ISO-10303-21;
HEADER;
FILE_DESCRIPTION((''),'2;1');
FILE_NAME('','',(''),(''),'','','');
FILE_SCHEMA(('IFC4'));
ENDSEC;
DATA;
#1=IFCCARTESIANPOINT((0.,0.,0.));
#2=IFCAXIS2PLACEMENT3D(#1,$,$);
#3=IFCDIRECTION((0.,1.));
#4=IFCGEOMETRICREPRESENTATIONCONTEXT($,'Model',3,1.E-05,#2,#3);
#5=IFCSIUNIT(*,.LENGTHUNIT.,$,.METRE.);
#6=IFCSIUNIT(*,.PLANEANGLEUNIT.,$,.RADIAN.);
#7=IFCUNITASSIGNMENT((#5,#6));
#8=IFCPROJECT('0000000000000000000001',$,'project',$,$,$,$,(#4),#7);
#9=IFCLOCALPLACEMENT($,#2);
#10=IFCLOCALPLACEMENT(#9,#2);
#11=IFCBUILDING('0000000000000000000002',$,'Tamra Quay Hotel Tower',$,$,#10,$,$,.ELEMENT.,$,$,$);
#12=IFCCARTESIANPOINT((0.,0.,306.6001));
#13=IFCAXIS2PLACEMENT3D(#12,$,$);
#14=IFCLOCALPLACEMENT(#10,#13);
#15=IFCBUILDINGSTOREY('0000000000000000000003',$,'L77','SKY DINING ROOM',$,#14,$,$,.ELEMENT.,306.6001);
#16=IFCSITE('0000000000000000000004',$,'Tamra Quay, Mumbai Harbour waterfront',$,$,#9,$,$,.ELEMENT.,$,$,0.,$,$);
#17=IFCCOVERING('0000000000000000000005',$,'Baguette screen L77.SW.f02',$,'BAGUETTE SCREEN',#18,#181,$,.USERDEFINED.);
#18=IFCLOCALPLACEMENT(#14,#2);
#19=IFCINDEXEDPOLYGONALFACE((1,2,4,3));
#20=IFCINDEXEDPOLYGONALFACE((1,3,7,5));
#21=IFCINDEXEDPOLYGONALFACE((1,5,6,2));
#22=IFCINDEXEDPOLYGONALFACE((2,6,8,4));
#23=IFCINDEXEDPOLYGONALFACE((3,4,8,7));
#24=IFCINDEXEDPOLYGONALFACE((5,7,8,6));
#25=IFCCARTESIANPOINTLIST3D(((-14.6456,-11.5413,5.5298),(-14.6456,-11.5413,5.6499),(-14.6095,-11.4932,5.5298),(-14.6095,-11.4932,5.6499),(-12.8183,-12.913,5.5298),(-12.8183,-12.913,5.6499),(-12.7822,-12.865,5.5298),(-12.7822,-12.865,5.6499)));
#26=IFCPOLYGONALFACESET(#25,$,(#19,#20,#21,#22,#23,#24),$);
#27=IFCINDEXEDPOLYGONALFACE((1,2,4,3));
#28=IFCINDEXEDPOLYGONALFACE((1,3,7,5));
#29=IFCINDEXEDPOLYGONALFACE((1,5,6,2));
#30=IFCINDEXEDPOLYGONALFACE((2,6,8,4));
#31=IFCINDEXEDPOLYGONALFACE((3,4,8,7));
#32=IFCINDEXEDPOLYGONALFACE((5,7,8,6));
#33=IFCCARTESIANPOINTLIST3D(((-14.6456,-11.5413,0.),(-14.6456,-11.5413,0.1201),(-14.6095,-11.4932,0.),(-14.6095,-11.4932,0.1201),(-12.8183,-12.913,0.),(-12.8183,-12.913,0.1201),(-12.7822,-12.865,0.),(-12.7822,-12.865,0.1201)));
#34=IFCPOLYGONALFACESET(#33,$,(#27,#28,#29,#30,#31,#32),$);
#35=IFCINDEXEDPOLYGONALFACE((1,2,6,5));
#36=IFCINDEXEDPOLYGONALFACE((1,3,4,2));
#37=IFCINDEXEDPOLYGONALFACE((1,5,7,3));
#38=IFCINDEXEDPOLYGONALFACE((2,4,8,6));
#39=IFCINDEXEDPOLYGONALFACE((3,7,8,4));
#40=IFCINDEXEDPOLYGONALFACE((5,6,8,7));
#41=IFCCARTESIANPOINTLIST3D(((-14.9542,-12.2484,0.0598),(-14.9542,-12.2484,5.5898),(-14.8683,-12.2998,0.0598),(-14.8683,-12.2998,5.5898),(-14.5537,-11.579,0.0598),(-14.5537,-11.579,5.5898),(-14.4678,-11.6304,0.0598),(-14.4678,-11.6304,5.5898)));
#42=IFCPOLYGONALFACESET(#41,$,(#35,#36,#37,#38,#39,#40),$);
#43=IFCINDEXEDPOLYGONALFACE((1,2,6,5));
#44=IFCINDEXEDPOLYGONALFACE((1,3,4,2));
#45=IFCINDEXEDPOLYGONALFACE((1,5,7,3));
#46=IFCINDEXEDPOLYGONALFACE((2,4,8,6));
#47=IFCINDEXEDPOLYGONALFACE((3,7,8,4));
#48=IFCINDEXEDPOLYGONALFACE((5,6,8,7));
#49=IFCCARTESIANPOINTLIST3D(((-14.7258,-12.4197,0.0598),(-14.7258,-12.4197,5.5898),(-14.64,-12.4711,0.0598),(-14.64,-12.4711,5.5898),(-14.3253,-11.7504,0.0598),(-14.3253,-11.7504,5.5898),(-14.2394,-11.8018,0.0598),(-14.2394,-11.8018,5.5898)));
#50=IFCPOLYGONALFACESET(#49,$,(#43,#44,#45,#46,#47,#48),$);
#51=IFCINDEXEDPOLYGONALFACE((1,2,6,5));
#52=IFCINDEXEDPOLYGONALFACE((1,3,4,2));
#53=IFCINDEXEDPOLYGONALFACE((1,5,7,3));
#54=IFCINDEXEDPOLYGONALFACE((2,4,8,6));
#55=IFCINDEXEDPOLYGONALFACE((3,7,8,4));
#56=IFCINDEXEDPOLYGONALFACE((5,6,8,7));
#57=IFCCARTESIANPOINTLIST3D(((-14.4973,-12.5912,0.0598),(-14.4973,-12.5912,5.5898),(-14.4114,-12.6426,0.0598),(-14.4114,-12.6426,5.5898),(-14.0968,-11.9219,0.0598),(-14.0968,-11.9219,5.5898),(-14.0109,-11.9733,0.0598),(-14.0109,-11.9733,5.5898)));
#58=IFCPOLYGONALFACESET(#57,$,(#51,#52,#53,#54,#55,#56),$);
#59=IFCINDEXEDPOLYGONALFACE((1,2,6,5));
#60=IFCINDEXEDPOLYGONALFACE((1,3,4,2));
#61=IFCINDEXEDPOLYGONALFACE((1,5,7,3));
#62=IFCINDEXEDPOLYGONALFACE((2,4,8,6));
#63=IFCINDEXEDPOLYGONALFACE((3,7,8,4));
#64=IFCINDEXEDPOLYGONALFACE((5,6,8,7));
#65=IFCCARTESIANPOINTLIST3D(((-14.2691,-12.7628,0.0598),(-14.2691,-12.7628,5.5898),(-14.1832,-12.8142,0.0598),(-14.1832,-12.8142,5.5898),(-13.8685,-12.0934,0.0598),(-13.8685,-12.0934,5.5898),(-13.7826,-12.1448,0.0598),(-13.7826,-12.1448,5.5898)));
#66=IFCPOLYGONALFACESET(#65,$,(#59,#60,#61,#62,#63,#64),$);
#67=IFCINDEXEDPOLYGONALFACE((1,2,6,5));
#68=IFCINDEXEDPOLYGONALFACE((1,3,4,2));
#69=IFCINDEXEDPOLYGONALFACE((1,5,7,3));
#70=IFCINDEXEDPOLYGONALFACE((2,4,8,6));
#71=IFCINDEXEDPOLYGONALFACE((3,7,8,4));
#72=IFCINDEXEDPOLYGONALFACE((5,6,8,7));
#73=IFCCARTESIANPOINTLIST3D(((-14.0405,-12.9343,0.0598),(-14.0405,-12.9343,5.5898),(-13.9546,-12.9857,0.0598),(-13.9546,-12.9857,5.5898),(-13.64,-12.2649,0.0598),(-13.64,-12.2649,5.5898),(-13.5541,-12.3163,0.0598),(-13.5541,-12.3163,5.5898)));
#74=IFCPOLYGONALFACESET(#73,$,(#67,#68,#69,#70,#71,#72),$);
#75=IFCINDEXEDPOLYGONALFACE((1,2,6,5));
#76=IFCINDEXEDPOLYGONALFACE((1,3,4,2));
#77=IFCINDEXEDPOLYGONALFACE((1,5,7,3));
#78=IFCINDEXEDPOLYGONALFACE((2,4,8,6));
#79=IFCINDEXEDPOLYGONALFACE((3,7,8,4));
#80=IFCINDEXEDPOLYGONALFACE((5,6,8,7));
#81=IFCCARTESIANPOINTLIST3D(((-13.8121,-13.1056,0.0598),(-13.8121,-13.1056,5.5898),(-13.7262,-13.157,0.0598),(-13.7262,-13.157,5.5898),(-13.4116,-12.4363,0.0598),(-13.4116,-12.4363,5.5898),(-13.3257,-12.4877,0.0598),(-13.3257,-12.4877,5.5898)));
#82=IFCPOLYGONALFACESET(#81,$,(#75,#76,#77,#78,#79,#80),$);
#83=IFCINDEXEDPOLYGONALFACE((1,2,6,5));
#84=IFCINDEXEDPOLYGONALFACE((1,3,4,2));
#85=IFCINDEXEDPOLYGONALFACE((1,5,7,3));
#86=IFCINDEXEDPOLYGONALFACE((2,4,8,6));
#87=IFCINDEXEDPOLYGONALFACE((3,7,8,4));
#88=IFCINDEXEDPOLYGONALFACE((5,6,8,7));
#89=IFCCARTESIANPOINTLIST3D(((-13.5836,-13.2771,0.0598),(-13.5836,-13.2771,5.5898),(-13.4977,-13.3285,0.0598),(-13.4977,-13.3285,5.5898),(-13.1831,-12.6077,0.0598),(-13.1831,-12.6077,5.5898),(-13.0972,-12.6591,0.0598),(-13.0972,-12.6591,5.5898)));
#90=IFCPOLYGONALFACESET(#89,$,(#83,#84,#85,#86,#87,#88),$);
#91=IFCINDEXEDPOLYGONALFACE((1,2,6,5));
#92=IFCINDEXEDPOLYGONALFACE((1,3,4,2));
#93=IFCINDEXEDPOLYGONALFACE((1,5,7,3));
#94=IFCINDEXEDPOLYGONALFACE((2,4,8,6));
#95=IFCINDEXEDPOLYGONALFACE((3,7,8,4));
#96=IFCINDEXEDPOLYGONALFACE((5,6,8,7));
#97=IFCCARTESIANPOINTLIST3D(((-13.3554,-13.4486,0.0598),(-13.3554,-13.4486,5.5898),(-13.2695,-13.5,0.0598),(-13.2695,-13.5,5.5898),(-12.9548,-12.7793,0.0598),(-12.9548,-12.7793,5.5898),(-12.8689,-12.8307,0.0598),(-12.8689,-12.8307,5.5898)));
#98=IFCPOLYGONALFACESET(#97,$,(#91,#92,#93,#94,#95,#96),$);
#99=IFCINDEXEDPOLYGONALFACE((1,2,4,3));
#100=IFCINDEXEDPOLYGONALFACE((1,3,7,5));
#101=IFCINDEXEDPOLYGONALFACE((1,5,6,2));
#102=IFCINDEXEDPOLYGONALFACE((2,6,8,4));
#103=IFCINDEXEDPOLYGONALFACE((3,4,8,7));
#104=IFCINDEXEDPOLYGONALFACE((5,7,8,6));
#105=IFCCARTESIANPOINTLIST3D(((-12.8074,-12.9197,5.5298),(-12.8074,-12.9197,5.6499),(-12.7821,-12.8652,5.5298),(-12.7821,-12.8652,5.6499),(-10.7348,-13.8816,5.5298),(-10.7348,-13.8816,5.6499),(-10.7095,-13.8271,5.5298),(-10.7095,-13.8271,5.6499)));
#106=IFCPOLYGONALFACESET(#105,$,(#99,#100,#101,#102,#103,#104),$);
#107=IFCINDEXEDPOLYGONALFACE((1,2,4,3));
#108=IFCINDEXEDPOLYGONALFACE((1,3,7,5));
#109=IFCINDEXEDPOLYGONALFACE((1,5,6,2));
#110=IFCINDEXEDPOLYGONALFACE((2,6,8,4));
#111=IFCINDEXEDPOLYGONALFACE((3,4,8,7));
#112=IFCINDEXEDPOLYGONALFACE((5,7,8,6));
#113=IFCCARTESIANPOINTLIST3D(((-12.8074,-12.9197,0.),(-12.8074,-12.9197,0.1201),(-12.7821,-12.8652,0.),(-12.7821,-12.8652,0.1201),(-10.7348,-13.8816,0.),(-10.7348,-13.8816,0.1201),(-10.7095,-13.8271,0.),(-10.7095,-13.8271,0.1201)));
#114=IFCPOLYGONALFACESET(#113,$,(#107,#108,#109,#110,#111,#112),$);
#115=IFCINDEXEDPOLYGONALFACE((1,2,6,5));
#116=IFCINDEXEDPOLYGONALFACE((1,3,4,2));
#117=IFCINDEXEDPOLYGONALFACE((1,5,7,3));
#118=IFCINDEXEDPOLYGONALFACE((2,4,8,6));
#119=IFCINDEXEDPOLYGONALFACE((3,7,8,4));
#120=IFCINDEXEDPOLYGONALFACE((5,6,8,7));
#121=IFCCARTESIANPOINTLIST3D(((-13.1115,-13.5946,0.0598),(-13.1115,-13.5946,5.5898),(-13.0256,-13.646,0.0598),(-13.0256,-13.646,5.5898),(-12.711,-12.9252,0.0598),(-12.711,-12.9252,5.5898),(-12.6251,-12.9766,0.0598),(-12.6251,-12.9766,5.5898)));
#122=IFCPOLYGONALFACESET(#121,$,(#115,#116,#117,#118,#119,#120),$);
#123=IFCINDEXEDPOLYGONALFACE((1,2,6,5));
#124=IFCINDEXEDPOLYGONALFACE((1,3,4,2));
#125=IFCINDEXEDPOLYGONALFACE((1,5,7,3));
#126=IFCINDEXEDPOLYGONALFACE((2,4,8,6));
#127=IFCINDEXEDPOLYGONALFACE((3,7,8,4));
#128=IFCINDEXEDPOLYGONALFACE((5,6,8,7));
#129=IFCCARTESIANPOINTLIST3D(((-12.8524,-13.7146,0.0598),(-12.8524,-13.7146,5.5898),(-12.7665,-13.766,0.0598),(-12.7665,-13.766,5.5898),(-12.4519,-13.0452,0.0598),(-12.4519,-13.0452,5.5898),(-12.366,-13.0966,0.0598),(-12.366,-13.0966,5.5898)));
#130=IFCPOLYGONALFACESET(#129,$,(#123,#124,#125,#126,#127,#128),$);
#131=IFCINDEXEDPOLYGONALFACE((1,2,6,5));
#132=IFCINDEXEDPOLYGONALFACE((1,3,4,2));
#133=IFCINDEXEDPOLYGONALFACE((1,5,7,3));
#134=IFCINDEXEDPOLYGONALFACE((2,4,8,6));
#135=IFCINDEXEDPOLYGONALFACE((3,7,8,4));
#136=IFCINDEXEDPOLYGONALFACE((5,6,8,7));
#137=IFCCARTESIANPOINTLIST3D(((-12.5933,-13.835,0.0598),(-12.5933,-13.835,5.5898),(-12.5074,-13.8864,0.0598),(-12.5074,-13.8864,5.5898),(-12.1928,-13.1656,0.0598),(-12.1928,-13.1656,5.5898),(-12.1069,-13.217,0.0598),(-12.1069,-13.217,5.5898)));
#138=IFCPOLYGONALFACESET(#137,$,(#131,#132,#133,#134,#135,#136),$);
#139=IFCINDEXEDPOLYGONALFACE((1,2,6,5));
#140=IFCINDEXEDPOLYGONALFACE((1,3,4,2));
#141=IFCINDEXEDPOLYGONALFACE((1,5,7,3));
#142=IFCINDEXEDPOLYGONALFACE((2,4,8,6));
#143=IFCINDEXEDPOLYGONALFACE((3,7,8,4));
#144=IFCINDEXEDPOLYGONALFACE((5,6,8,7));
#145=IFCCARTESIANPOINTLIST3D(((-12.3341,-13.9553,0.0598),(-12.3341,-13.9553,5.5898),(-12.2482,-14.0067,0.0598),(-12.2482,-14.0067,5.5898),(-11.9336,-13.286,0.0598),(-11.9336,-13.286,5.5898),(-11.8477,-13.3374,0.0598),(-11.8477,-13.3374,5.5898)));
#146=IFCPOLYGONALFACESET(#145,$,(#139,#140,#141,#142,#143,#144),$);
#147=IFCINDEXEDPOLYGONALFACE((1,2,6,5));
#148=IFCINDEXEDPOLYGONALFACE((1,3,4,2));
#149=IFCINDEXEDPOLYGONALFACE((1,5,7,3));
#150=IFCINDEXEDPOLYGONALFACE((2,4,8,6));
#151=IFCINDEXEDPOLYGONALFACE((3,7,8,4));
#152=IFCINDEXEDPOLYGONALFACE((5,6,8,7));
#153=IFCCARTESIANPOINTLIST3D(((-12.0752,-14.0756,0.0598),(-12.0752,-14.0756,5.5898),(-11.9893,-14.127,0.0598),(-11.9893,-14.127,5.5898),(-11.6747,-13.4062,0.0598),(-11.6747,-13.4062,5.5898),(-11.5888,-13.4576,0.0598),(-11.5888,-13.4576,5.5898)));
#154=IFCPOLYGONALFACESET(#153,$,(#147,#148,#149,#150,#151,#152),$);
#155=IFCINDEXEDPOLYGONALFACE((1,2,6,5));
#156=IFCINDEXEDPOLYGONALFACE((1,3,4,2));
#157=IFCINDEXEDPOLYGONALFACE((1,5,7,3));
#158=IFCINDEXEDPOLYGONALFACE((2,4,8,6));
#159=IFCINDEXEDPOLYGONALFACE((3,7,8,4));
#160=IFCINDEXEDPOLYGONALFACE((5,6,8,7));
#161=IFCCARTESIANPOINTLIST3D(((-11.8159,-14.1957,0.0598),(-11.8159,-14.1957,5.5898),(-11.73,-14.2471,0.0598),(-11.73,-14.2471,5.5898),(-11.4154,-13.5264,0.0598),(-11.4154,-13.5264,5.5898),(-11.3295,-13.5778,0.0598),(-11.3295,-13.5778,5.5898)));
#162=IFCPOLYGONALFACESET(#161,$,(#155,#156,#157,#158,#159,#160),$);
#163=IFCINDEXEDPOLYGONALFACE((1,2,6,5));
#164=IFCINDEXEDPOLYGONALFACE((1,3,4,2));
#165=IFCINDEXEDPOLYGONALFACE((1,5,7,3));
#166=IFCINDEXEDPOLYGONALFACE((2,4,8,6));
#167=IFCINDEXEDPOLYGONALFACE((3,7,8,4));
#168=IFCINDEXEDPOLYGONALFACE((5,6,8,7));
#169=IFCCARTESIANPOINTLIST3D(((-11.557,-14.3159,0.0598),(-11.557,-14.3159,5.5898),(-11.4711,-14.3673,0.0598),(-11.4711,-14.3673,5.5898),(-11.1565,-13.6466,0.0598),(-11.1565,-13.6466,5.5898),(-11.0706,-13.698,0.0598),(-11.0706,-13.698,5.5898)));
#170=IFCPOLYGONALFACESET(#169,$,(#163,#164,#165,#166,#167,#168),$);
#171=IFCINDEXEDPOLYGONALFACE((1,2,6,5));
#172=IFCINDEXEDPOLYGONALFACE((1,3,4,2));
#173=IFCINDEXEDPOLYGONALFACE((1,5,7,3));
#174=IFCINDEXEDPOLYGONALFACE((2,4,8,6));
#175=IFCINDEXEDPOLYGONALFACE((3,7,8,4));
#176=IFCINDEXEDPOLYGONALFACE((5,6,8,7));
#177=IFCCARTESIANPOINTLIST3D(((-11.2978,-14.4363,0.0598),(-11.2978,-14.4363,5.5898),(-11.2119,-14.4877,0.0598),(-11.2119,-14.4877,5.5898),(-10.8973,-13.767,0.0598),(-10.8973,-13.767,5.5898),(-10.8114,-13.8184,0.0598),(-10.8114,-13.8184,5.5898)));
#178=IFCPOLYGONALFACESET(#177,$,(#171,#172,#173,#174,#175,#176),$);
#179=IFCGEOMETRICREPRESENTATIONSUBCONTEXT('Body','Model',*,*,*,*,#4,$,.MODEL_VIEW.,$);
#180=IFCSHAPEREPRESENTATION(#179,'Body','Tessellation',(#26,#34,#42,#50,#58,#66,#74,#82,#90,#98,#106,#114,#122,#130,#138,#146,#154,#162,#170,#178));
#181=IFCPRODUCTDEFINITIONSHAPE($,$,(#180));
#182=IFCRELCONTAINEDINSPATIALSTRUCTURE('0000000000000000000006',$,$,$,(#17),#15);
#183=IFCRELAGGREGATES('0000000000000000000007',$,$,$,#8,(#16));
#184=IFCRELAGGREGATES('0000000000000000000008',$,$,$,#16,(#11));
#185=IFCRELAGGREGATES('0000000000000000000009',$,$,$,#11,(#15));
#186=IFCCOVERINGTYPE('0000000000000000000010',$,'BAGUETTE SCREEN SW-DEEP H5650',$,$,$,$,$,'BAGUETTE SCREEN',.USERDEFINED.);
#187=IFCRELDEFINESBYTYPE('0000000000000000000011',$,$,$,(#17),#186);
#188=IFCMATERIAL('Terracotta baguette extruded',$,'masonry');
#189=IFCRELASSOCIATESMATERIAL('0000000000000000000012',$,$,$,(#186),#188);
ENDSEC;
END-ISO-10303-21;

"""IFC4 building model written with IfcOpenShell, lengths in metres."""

from ifc_helpers import new_model, si_unit, direction, frame, frame_2d, origin, place, context, subcontext, project, spatial, rectangle, extrude, source, transform, mapped, material, type_object, element, save


model = new_model("IFC4")

# Units and contexts
model_context = context("Model", 3, precision=1e-05, world=origin(), true_north=direction((0.0, 1.0)))
body_context = subcontext(model_context, "Body", "Model", "MODEL_VIEW")
ifc_project = project(units=[si_unit("LENGTHUNIT", "METRE"), si_unit("PLANEANGLEUNIT", "RADIAN")], contexts=[model_context])

# Site, building, storey
site_placement = place(None, origin())
site = spatial("IfcSite", under=ifc_project, at=site_placement, Name="Tamra Quay, Mumbai Harbour waterfront", CompositionType="ELEMENT", RefElevation=0.0)
building_placement = place(site_placement, origin())
building = spatial("IfcBuilding", under=site, at=building_placement, Name="Tamra Quay Hotel Tower", CompositionType="ELEMENT")
storey_placement = place(building_placement, frame((0.0, 0.0, 306.6001)))
storey = spatial("IfcBuildingStorey", under=building, at=storey_placement, Name="L77", Description="SKY DINING ROOM", CompositionType="ELEMENT", Elevation=306.6001)

# Covering
ifc_material_1 = material(Name="Terracotta baguette extruded", Category="masonry")
covering_type_1 = type_object("IfcCoveringType", Name="BAGUETTE SCREEN SW-DEEP H5650", ElementType="BAGUETTE SCREEN", PredefinedType="USERDEFINED", material=ifc_material_1)
shared_shape_1 = source(origin(), body_context, "Body", "SweptSolid", [
    extrude(rectangle(XDim=2.2849, YDim=0.0601, at=frame_2d((1.1426, 0.03))), frame((-2.2788, -0.0576, -0.1201), z_axis=(0.0, 0.0, 1.0), x_axis=(0.994522, -0.104528, 0.0)), (0.0, 0.0, 1.0), 0.1201),
    extrude(rectangle(XDim=2.2849, YDim=0.0601, at=frame_2d((1.1426, 0.03))), frame((-2.2788, -0.0576, -5.6499), z_axis=(0.0, 0.0, 1.0), x_axis=(0.994522, -0.104528, 0.0)), (0.0, 0.0, 1.0), 0.1201),
    extrude(rectangle(XDim=0.1001, YDim=0.78, at=frame_2d((0.05, 0.3901))), frame((-2.1804, -0.823, -5.5901)), (0.0, 0.0, 1.0), 5.53),
    extrude(rectangle(XDim=0.1001, YDim=0.78, at=frame_2d((0.05, 0.3901))), frame((-1.8965, -0.8528, -5.5901)), (0.0, 0.0, 1.0), 5.53),
    extrude(rectangle(XDim=0.1001, YDim=0.78, at=frame_2d((0.05, 0.3901))), frame((-1.6123, -0.8826, -5.5901)), (0.0, 0.0, 1.0), 5.53),
    extrude(rectangle(XDim=0.1001, YDim=0.78, at=frame_2d((0.05, 0.3901))), frame((-1.3284, -0.9126, -5.5901)), (0.0, 0.0, 1.0), 5.53),
    extrude(rectangle(XDim=0.1001, YDim=0.78, at=frame_2d((0.05, 0.3901))), frame((-1.0442, -0.9424, -5.5901)), (0.0, 0.0, 1.0), 5.53),
    extrude(rectangle(XDim=0.1001, YDim=0.78, at=frame_2d((0.05, 0.3901))), frame((-0.7603, -0.9722, -5.5901)), (0.0, 0.0, 1.0), 5.53),
    extrude(rectangle(XDim=0.1001, YDim=0.78, at=frame_2d((0.05, 0.3901))), frame((-0.4761, -1.002, -5.5901)), (0.0, 0.0, 1.0), 5.53),
    extrude(rectangle(XDim=0.1001, YDim=0.78, at=frame_2d((0.05, 0.3901))), frame((-0.1921, -1.032, -5.5901)), (0.0, 0.0, 1.0), 5.53),
    extrude(rectangle(XDim=2.2849, YDim=0.0601, at=frame_2d((1.1426, 0.03))), frame((0.0063, -0.2966, -0.1201), z_axis=(0.0, 0.0, 1.0), x_axis=(0.994522, 0.104528, 0.0)), (0.0, 0.0, 1.0), 0.1201),
    extrude(rectangle(XDim=2.2849, YDim=0.0601, at=frame_2d((1.1426, 0.03))), frame((0.0063, -0.2966, -5.6499), z_axis=(0.0, 0.0, 1.0), x_axis=(0.994522, 0.104528, 0.0)), (0.0, 0.0, 1.0), 0.1201),
    extrude(rectangle(XDim=0.1001, YDim=0.78, at=frame_2d((0.05, 0.3901))), frame((0.092, -1.032, -5.5901)), (0.0, 0.0, 1.0), 5.53),
    extrude(rectangle(XDim=0.1001, YDim=0.78, at=frame_2d((0.05, 0.3901))), frame((0.376, -1.002, -5.5901)), (0.0, 0.0, 1.0), 5.53),
    extrude(rectangle(XDim=0.1001, YDim=0.78, at=frame_2d((0.05, 0.3901))), frame((0.6602, -0.9722, -5.5901)), (0.0, 0.0, 1.0), 5.53),
    extrude(rectangle(XDim=0.1001, YDim=0.78, at=frame_2d((0.05, 0.3901))), frame((0.9443, -0.9424, -5.5901)), (0.0, 0.0, 1.0), 5.53),
    extrude(rectangle(XDim=0.1001, YDim=0.78, at=frame_2d((0.05, 0.3901))), frame((1.2283, -0.9126, -5.5901)), (0.0, 0.0, 1.0), 5.53),
    extrude(rectangle(XDim=0.1001, YDim=0.78, at=frame_2d((0.05, 0.3901))), frame((1.5125, -0.8826, -5.5901)), (0.0, 0.0, 1.0), 5.53),
    extrude(rectangle(XDim=0.1001, YDim=0.78, at=frame_2d((0.05, 0.3901))), frame((1.7964, -0.8528, -5.5901)), (0.0, 0.0, 1.0), 5.53),
    extrude(rectangle(XDim=0.1001, YDim=0.78, at=frame_2d((0.05, 0.3901))), frame((2.0806, -0.823, -5.5901)), (0.0, 0.0, 1.0), 5.53),
])
covering_1_placement = place(storey_placement, frame((-12.6606, -12.6619, 5.6499), z_axis=(0.0, 0.0, 1.0), x_axis=(0.858103, -0.513477, 0.0)))
element("IfcCovering", 1, at=covering_1_placement, inside=storey, type_object=covering_type_1, Name="Baguette screen L77.SW.f02", ObjectType="BAGUETTE SCREEN", PredefinedType="USERDEFINED", context=body_context, shape_type="MappedRepresentation", body=[
    mapped(shared_shape_1, transform((0.0, 0.0, 0.0), scale=1.0)),
])

save(model, "model.ifc")
